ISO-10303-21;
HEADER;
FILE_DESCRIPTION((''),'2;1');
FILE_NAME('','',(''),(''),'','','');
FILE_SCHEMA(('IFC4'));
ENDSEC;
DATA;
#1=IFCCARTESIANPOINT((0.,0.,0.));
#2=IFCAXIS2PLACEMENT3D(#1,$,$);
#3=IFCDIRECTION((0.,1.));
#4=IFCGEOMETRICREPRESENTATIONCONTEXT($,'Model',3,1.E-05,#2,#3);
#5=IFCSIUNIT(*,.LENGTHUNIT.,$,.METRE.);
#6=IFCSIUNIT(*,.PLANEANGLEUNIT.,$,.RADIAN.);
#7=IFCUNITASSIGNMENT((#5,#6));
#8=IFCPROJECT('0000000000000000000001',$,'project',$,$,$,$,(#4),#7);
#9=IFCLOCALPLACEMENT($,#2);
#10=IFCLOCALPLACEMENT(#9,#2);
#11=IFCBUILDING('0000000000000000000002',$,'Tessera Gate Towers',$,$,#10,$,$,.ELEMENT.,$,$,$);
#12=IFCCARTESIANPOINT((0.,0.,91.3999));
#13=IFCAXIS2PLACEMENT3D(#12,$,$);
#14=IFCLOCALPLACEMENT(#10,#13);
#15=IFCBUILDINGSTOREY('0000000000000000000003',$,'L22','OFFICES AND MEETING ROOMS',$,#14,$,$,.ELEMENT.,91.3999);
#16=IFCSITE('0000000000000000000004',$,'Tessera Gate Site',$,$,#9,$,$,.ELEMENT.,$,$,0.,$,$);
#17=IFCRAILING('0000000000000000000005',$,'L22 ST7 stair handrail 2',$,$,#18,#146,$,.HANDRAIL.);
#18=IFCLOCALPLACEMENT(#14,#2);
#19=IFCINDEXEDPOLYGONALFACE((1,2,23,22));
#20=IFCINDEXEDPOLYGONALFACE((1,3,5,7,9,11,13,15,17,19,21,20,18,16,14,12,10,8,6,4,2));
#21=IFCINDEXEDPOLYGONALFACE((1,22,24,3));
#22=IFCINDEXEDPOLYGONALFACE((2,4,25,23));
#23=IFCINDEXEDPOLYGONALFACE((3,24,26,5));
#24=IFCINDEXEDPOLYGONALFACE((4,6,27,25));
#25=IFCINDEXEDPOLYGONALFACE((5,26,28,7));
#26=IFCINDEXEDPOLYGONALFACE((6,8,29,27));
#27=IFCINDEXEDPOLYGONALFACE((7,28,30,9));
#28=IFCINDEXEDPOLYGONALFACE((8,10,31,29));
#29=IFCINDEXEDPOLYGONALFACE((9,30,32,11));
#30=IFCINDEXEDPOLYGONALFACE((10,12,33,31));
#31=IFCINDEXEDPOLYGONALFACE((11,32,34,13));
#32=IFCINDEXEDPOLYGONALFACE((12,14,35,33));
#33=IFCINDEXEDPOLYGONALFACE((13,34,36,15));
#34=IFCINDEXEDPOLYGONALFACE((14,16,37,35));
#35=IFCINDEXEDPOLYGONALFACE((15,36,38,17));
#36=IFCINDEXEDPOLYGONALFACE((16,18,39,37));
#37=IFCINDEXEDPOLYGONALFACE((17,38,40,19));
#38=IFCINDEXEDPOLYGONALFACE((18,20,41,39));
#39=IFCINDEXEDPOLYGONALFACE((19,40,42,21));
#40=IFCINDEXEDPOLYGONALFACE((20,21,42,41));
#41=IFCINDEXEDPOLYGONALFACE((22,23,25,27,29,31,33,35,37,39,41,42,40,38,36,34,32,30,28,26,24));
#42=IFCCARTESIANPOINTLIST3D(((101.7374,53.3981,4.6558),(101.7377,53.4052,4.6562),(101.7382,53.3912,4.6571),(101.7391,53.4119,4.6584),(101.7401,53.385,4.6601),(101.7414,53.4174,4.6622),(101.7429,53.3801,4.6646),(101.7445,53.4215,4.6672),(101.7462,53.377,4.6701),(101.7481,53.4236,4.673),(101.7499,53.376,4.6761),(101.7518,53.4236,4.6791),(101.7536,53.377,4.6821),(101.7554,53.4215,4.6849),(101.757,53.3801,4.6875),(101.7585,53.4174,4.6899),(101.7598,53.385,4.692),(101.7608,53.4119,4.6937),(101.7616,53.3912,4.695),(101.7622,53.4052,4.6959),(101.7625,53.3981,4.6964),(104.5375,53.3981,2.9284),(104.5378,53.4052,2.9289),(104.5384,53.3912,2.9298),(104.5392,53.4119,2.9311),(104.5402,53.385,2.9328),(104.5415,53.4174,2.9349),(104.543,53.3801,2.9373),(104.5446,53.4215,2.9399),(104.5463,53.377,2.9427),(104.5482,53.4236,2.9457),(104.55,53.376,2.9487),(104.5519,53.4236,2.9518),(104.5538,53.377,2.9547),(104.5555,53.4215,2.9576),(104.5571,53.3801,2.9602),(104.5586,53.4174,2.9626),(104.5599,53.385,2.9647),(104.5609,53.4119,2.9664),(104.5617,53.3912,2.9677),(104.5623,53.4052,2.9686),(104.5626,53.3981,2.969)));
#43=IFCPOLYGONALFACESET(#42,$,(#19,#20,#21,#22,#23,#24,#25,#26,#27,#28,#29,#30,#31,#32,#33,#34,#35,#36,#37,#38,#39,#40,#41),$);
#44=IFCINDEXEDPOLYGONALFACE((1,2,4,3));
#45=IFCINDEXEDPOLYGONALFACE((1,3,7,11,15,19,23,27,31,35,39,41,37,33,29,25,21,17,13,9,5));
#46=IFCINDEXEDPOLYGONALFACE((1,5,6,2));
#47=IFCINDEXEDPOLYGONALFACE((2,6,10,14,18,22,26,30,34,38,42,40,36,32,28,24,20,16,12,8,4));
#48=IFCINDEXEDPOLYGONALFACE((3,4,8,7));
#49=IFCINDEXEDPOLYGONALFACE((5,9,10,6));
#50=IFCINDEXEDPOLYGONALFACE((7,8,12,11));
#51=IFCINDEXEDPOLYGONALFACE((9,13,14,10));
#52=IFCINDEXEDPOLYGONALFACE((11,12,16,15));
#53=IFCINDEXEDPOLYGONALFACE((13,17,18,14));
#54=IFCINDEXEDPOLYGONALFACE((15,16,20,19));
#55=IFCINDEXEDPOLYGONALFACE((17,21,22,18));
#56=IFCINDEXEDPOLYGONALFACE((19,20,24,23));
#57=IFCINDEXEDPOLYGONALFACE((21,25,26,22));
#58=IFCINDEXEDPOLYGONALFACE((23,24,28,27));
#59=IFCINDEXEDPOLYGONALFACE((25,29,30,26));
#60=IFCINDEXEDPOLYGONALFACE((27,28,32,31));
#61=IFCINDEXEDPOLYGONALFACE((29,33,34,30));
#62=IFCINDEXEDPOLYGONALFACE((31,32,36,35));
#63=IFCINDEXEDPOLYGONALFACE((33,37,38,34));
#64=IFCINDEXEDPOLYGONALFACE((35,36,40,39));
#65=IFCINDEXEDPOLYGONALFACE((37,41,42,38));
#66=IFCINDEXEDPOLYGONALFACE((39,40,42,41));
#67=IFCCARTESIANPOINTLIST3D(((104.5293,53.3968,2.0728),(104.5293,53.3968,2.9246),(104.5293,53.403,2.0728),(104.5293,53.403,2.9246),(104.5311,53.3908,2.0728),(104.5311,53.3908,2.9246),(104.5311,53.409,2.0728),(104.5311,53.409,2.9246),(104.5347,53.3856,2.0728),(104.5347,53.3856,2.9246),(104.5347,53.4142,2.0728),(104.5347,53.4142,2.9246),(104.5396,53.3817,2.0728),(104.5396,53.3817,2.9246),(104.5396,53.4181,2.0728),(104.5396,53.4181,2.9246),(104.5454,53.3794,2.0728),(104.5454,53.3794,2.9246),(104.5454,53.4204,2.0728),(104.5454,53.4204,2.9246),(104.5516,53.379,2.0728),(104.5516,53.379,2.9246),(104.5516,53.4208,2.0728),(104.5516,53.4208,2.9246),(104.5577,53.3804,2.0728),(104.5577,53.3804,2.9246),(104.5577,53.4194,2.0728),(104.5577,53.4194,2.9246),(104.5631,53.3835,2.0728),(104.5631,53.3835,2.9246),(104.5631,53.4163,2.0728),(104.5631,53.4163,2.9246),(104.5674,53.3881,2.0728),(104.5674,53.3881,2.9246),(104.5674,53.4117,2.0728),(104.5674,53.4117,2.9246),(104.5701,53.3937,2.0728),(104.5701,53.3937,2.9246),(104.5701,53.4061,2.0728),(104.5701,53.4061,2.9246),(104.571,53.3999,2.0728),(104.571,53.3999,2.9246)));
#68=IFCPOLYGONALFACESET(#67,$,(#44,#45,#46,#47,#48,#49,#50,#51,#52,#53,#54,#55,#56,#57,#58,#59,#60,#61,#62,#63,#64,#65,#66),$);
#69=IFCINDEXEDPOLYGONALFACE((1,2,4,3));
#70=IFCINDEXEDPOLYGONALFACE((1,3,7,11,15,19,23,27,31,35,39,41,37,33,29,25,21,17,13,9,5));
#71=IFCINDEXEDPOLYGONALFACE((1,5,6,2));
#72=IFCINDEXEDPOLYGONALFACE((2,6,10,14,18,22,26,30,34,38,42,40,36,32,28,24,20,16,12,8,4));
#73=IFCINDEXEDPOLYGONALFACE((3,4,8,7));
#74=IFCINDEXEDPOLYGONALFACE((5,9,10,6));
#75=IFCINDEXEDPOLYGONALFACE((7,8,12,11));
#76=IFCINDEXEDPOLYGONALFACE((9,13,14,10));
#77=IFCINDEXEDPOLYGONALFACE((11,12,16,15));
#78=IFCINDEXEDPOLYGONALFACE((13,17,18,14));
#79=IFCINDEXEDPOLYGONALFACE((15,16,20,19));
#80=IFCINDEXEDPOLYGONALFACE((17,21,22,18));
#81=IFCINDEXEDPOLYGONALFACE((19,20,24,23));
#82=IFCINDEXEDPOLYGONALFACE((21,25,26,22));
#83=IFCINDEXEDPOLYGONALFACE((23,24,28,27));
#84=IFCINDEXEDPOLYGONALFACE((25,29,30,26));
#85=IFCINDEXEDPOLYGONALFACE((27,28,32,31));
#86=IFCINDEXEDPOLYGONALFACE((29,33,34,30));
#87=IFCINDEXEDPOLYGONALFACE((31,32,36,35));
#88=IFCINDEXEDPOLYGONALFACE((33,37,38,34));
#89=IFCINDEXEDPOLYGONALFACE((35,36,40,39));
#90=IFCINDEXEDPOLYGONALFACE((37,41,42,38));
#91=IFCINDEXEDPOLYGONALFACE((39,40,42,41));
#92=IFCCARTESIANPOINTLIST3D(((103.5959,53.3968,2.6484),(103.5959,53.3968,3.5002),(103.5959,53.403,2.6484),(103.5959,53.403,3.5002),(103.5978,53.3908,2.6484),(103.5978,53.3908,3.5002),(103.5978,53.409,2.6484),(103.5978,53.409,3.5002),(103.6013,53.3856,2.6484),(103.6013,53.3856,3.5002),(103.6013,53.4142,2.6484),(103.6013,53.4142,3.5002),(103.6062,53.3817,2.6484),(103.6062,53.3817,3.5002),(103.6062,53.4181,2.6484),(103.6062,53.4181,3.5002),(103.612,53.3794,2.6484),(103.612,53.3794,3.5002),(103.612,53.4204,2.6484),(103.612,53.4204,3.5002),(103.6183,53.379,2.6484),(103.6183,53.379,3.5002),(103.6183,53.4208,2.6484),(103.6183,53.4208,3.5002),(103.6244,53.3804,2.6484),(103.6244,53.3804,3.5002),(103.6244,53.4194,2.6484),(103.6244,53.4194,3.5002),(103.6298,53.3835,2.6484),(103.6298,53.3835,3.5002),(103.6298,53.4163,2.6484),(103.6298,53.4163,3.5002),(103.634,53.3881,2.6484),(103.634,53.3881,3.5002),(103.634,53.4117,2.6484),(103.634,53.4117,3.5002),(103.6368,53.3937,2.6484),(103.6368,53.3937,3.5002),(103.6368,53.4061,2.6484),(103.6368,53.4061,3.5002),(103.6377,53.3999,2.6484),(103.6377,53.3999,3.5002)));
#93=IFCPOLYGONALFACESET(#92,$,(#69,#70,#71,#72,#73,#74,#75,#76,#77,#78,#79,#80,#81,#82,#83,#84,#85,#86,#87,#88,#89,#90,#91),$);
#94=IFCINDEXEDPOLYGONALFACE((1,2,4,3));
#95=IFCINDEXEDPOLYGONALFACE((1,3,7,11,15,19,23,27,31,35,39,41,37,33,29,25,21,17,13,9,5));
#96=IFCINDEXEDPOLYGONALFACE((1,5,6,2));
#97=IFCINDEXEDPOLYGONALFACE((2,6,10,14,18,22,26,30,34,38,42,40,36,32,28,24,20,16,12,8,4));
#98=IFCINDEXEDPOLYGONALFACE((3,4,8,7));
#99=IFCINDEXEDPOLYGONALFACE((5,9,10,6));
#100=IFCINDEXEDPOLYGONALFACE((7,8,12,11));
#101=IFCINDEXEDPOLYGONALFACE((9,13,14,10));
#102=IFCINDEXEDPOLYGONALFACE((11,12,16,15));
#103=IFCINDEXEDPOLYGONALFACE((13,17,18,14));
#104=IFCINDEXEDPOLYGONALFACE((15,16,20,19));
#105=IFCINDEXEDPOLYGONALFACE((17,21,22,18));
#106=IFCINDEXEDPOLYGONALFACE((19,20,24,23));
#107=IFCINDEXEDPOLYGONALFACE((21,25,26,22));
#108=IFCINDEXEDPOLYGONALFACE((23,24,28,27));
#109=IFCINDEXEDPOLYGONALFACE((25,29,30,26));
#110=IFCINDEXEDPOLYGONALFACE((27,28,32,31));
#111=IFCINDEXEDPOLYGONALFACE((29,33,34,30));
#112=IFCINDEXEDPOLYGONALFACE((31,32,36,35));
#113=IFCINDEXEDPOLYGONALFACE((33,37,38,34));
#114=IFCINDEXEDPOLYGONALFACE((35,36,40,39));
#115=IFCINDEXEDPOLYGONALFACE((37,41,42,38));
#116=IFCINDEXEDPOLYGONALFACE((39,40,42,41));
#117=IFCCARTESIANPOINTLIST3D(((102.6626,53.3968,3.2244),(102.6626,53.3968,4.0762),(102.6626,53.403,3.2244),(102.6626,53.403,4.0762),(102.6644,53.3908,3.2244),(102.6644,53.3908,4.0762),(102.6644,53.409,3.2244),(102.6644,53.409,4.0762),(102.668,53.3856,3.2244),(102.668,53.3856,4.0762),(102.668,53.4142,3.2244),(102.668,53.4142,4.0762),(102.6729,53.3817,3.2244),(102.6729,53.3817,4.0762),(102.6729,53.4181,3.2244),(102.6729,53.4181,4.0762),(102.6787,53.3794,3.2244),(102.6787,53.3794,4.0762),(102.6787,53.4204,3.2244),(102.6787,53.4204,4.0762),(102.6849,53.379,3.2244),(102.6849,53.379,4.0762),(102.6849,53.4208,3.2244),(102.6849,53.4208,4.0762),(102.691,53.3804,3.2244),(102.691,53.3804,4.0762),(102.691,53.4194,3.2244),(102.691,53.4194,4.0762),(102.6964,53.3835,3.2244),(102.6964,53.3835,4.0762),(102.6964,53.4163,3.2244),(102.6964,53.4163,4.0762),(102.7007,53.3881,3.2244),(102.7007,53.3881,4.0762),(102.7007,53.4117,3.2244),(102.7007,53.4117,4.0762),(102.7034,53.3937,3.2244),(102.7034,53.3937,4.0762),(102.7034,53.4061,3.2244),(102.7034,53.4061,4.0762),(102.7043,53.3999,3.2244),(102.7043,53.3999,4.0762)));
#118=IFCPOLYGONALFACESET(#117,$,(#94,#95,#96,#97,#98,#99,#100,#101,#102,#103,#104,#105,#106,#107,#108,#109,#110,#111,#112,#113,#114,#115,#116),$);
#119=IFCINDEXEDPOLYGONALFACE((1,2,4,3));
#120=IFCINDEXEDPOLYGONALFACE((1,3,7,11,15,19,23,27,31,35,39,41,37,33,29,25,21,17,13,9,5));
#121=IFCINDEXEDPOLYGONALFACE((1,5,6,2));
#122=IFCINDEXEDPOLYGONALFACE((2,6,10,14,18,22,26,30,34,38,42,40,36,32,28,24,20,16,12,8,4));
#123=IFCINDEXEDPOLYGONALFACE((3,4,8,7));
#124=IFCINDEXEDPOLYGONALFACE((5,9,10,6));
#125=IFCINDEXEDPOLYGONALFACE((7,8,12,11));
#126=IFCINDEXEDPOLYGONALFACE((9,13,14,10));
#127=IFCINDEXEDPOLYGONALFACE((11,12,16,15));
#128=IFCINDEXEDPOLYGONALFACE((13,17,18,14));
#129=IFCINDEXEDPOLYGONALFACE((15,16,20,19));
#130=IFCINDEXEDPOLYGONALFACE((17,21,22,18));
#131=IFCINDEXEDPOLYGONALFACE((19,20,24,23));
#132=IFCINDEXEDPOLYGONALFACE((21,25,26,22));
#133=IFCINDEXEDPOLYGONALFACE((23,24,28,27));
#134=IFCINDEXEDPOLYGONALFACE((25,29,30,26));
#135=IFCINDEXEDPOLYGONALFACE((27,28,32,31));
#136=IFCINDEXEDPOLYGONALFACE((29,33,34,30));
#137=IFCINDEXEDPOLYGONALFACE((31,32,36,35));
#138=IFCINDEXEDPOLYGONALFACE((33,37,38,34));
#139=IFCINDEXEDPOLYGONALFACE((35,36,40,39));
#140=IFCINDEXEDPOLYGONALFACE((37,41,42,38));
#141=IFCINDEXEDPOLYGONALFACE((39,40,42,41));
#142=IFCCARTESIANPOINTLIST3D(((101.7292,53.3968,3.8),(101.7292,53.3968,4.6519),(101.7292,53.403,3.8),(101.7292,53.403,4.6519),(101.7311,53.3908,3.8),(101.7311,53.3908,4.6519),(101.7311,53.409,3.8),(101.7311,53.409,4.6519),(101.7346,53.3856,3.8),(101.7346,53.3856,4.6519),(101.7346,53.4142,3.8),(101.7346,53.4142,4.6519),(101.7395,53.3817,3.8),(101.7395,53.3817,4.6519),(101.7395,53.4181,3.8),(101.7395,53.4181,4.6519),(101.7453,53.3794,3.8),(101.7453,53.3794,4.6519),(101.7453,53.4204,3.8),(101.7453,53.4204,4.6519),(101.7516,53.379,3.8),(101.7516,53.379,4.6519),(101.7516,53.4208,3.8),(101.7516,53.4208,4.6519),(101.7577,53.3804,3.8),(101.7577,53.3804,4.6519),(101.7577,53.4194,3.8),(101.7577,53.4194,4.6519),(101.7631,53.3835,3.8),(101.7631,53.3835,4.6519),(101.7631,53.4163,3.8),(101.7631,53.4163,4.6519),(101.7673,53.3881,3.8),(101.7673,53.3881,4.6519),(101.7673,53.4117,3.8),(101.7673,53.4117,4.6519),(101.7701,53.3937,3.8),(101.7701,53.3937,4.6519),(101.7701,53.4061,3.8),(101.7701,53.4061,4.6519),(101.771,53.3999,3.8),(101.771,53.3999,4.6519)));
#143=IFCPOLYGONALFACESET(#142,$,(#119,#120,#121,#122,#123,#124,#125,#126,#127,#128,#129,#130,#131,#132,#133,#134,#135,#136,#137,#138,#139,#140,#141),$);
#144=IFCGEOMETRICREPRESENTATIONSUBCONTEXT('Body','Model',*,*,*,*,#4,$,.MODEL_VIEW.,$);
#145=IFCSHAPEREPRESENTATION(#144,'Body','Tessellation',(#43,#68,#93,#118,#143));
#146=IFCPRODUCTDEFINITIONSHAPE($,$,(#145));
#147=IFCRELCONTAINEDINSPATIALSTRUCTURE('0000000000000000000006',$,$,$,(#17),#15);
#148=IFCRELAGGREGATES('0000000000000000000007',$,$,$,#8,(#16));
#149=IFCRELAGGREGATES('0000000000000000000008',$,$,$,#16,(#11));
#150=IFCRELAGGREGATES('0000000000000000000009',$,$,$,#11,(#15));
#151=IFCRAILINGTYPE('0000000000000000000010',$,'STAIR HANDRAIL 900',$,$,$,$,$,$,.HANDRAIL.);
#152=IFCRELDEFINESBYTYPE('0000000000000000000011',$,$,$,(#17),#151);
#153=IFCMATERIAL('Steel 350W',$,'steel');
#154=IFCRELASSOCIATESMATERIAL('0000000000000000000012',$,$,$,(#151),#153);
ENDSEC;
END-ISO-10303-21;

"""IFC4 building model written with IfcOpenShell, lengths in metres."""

from ifc_helpers import new_model, si_unit, direction, frame, origin, origin_2d, place, context, subcontext, project, spatial, circle, extrude, material, type_object, element, save


model = new_model("IFC4")

# Units and contexts
model_context = context("Model", 3, precision=1e-05, world=origin(), true_north=direction((0.0, 1.0)))
body_context = subcontext(model_context, "Body", "Model", "MODEL_VIEW")
ifc_project = project(units=[si_unit("LENGTHUNIT", "METRE"), si_unit("PLANEANGLEUNIT", "RADIAN")], contexts=[model_context])

# Site, building, storey
site_placement = place(None, origin())
site = spatial("IfcSite", under=ifc_project, at=site_placement, Name="Tessera Gate Site", CompositionType="ELEMENT", RefElevation=0.0)
building_placement = place(site_placement, origin())
building = spatial("IfcBuilding", under=site, at=building_placement, Name="Tessera Gate Towers", CompositionType="ELEMENT")
storey_placement = place(building_placement, frame((0.0, 0.0, 91.3999)))
storey = spatial("IfcBuildingStorey", under=building, at=storey_placement, Name="L22", Description="OFFICES AND MEETING ROOMS", CompositionType="ELEMENT", Elevation=91.3999)

# Railing
ifc_material_1 = material(Name="Steel 350W", Category="steel")
railing_type_1 = type_object("IfcRailingType", Name="STAIR HANDRAIL 900", PredefinedType="HANDRAIL", material=ifc_material_1)
railing_1_placement = place(storey_placement, frame((104.55, 53.3999, 2.0728)))
element("IfcRailing", 1, at=railing_1_placement, inside=storey, type_object=railing_type_1, Name="L22 ST7 stair handrail 2", PredefinedType="HANDRAIL", context=body_context, shape_type="SweptSolid", body=[
    extrude(circle(Radius=0.0239, at=origin_2d()), frame((0.0, 0.0, 0.876), z_axis=(-0.85109, 0.0, 0.52502), x_axis=(0.0, -1.0, 0.0)), (0.0, 0.0, 1.0), 3.29),
    extrude(circle(Radius=0.021, at=origin_2d()), origin(), (0.0, 0.0, 1.0), 0.8518),
    extrude(circle(Radius=0.021, at=origin_2d()), frame((-0.9333, 0.0, 0.5757)), (0.0, 0.0, 1.0), 0.8518),
    extrude(circle(Radius=0.021, at=origin_2d()), frame((-1.8667, 0.0, 1.1516)), (0.0, 0.0, 1.0), 0.8518),
    extrude(circle(Radius=0.021, at=origin_2d()), frame((-2.8, 0.0, 1.7273)), (0.0, 0.0, 1.0), 0.8518),
])

save(model, "model.ifc")
